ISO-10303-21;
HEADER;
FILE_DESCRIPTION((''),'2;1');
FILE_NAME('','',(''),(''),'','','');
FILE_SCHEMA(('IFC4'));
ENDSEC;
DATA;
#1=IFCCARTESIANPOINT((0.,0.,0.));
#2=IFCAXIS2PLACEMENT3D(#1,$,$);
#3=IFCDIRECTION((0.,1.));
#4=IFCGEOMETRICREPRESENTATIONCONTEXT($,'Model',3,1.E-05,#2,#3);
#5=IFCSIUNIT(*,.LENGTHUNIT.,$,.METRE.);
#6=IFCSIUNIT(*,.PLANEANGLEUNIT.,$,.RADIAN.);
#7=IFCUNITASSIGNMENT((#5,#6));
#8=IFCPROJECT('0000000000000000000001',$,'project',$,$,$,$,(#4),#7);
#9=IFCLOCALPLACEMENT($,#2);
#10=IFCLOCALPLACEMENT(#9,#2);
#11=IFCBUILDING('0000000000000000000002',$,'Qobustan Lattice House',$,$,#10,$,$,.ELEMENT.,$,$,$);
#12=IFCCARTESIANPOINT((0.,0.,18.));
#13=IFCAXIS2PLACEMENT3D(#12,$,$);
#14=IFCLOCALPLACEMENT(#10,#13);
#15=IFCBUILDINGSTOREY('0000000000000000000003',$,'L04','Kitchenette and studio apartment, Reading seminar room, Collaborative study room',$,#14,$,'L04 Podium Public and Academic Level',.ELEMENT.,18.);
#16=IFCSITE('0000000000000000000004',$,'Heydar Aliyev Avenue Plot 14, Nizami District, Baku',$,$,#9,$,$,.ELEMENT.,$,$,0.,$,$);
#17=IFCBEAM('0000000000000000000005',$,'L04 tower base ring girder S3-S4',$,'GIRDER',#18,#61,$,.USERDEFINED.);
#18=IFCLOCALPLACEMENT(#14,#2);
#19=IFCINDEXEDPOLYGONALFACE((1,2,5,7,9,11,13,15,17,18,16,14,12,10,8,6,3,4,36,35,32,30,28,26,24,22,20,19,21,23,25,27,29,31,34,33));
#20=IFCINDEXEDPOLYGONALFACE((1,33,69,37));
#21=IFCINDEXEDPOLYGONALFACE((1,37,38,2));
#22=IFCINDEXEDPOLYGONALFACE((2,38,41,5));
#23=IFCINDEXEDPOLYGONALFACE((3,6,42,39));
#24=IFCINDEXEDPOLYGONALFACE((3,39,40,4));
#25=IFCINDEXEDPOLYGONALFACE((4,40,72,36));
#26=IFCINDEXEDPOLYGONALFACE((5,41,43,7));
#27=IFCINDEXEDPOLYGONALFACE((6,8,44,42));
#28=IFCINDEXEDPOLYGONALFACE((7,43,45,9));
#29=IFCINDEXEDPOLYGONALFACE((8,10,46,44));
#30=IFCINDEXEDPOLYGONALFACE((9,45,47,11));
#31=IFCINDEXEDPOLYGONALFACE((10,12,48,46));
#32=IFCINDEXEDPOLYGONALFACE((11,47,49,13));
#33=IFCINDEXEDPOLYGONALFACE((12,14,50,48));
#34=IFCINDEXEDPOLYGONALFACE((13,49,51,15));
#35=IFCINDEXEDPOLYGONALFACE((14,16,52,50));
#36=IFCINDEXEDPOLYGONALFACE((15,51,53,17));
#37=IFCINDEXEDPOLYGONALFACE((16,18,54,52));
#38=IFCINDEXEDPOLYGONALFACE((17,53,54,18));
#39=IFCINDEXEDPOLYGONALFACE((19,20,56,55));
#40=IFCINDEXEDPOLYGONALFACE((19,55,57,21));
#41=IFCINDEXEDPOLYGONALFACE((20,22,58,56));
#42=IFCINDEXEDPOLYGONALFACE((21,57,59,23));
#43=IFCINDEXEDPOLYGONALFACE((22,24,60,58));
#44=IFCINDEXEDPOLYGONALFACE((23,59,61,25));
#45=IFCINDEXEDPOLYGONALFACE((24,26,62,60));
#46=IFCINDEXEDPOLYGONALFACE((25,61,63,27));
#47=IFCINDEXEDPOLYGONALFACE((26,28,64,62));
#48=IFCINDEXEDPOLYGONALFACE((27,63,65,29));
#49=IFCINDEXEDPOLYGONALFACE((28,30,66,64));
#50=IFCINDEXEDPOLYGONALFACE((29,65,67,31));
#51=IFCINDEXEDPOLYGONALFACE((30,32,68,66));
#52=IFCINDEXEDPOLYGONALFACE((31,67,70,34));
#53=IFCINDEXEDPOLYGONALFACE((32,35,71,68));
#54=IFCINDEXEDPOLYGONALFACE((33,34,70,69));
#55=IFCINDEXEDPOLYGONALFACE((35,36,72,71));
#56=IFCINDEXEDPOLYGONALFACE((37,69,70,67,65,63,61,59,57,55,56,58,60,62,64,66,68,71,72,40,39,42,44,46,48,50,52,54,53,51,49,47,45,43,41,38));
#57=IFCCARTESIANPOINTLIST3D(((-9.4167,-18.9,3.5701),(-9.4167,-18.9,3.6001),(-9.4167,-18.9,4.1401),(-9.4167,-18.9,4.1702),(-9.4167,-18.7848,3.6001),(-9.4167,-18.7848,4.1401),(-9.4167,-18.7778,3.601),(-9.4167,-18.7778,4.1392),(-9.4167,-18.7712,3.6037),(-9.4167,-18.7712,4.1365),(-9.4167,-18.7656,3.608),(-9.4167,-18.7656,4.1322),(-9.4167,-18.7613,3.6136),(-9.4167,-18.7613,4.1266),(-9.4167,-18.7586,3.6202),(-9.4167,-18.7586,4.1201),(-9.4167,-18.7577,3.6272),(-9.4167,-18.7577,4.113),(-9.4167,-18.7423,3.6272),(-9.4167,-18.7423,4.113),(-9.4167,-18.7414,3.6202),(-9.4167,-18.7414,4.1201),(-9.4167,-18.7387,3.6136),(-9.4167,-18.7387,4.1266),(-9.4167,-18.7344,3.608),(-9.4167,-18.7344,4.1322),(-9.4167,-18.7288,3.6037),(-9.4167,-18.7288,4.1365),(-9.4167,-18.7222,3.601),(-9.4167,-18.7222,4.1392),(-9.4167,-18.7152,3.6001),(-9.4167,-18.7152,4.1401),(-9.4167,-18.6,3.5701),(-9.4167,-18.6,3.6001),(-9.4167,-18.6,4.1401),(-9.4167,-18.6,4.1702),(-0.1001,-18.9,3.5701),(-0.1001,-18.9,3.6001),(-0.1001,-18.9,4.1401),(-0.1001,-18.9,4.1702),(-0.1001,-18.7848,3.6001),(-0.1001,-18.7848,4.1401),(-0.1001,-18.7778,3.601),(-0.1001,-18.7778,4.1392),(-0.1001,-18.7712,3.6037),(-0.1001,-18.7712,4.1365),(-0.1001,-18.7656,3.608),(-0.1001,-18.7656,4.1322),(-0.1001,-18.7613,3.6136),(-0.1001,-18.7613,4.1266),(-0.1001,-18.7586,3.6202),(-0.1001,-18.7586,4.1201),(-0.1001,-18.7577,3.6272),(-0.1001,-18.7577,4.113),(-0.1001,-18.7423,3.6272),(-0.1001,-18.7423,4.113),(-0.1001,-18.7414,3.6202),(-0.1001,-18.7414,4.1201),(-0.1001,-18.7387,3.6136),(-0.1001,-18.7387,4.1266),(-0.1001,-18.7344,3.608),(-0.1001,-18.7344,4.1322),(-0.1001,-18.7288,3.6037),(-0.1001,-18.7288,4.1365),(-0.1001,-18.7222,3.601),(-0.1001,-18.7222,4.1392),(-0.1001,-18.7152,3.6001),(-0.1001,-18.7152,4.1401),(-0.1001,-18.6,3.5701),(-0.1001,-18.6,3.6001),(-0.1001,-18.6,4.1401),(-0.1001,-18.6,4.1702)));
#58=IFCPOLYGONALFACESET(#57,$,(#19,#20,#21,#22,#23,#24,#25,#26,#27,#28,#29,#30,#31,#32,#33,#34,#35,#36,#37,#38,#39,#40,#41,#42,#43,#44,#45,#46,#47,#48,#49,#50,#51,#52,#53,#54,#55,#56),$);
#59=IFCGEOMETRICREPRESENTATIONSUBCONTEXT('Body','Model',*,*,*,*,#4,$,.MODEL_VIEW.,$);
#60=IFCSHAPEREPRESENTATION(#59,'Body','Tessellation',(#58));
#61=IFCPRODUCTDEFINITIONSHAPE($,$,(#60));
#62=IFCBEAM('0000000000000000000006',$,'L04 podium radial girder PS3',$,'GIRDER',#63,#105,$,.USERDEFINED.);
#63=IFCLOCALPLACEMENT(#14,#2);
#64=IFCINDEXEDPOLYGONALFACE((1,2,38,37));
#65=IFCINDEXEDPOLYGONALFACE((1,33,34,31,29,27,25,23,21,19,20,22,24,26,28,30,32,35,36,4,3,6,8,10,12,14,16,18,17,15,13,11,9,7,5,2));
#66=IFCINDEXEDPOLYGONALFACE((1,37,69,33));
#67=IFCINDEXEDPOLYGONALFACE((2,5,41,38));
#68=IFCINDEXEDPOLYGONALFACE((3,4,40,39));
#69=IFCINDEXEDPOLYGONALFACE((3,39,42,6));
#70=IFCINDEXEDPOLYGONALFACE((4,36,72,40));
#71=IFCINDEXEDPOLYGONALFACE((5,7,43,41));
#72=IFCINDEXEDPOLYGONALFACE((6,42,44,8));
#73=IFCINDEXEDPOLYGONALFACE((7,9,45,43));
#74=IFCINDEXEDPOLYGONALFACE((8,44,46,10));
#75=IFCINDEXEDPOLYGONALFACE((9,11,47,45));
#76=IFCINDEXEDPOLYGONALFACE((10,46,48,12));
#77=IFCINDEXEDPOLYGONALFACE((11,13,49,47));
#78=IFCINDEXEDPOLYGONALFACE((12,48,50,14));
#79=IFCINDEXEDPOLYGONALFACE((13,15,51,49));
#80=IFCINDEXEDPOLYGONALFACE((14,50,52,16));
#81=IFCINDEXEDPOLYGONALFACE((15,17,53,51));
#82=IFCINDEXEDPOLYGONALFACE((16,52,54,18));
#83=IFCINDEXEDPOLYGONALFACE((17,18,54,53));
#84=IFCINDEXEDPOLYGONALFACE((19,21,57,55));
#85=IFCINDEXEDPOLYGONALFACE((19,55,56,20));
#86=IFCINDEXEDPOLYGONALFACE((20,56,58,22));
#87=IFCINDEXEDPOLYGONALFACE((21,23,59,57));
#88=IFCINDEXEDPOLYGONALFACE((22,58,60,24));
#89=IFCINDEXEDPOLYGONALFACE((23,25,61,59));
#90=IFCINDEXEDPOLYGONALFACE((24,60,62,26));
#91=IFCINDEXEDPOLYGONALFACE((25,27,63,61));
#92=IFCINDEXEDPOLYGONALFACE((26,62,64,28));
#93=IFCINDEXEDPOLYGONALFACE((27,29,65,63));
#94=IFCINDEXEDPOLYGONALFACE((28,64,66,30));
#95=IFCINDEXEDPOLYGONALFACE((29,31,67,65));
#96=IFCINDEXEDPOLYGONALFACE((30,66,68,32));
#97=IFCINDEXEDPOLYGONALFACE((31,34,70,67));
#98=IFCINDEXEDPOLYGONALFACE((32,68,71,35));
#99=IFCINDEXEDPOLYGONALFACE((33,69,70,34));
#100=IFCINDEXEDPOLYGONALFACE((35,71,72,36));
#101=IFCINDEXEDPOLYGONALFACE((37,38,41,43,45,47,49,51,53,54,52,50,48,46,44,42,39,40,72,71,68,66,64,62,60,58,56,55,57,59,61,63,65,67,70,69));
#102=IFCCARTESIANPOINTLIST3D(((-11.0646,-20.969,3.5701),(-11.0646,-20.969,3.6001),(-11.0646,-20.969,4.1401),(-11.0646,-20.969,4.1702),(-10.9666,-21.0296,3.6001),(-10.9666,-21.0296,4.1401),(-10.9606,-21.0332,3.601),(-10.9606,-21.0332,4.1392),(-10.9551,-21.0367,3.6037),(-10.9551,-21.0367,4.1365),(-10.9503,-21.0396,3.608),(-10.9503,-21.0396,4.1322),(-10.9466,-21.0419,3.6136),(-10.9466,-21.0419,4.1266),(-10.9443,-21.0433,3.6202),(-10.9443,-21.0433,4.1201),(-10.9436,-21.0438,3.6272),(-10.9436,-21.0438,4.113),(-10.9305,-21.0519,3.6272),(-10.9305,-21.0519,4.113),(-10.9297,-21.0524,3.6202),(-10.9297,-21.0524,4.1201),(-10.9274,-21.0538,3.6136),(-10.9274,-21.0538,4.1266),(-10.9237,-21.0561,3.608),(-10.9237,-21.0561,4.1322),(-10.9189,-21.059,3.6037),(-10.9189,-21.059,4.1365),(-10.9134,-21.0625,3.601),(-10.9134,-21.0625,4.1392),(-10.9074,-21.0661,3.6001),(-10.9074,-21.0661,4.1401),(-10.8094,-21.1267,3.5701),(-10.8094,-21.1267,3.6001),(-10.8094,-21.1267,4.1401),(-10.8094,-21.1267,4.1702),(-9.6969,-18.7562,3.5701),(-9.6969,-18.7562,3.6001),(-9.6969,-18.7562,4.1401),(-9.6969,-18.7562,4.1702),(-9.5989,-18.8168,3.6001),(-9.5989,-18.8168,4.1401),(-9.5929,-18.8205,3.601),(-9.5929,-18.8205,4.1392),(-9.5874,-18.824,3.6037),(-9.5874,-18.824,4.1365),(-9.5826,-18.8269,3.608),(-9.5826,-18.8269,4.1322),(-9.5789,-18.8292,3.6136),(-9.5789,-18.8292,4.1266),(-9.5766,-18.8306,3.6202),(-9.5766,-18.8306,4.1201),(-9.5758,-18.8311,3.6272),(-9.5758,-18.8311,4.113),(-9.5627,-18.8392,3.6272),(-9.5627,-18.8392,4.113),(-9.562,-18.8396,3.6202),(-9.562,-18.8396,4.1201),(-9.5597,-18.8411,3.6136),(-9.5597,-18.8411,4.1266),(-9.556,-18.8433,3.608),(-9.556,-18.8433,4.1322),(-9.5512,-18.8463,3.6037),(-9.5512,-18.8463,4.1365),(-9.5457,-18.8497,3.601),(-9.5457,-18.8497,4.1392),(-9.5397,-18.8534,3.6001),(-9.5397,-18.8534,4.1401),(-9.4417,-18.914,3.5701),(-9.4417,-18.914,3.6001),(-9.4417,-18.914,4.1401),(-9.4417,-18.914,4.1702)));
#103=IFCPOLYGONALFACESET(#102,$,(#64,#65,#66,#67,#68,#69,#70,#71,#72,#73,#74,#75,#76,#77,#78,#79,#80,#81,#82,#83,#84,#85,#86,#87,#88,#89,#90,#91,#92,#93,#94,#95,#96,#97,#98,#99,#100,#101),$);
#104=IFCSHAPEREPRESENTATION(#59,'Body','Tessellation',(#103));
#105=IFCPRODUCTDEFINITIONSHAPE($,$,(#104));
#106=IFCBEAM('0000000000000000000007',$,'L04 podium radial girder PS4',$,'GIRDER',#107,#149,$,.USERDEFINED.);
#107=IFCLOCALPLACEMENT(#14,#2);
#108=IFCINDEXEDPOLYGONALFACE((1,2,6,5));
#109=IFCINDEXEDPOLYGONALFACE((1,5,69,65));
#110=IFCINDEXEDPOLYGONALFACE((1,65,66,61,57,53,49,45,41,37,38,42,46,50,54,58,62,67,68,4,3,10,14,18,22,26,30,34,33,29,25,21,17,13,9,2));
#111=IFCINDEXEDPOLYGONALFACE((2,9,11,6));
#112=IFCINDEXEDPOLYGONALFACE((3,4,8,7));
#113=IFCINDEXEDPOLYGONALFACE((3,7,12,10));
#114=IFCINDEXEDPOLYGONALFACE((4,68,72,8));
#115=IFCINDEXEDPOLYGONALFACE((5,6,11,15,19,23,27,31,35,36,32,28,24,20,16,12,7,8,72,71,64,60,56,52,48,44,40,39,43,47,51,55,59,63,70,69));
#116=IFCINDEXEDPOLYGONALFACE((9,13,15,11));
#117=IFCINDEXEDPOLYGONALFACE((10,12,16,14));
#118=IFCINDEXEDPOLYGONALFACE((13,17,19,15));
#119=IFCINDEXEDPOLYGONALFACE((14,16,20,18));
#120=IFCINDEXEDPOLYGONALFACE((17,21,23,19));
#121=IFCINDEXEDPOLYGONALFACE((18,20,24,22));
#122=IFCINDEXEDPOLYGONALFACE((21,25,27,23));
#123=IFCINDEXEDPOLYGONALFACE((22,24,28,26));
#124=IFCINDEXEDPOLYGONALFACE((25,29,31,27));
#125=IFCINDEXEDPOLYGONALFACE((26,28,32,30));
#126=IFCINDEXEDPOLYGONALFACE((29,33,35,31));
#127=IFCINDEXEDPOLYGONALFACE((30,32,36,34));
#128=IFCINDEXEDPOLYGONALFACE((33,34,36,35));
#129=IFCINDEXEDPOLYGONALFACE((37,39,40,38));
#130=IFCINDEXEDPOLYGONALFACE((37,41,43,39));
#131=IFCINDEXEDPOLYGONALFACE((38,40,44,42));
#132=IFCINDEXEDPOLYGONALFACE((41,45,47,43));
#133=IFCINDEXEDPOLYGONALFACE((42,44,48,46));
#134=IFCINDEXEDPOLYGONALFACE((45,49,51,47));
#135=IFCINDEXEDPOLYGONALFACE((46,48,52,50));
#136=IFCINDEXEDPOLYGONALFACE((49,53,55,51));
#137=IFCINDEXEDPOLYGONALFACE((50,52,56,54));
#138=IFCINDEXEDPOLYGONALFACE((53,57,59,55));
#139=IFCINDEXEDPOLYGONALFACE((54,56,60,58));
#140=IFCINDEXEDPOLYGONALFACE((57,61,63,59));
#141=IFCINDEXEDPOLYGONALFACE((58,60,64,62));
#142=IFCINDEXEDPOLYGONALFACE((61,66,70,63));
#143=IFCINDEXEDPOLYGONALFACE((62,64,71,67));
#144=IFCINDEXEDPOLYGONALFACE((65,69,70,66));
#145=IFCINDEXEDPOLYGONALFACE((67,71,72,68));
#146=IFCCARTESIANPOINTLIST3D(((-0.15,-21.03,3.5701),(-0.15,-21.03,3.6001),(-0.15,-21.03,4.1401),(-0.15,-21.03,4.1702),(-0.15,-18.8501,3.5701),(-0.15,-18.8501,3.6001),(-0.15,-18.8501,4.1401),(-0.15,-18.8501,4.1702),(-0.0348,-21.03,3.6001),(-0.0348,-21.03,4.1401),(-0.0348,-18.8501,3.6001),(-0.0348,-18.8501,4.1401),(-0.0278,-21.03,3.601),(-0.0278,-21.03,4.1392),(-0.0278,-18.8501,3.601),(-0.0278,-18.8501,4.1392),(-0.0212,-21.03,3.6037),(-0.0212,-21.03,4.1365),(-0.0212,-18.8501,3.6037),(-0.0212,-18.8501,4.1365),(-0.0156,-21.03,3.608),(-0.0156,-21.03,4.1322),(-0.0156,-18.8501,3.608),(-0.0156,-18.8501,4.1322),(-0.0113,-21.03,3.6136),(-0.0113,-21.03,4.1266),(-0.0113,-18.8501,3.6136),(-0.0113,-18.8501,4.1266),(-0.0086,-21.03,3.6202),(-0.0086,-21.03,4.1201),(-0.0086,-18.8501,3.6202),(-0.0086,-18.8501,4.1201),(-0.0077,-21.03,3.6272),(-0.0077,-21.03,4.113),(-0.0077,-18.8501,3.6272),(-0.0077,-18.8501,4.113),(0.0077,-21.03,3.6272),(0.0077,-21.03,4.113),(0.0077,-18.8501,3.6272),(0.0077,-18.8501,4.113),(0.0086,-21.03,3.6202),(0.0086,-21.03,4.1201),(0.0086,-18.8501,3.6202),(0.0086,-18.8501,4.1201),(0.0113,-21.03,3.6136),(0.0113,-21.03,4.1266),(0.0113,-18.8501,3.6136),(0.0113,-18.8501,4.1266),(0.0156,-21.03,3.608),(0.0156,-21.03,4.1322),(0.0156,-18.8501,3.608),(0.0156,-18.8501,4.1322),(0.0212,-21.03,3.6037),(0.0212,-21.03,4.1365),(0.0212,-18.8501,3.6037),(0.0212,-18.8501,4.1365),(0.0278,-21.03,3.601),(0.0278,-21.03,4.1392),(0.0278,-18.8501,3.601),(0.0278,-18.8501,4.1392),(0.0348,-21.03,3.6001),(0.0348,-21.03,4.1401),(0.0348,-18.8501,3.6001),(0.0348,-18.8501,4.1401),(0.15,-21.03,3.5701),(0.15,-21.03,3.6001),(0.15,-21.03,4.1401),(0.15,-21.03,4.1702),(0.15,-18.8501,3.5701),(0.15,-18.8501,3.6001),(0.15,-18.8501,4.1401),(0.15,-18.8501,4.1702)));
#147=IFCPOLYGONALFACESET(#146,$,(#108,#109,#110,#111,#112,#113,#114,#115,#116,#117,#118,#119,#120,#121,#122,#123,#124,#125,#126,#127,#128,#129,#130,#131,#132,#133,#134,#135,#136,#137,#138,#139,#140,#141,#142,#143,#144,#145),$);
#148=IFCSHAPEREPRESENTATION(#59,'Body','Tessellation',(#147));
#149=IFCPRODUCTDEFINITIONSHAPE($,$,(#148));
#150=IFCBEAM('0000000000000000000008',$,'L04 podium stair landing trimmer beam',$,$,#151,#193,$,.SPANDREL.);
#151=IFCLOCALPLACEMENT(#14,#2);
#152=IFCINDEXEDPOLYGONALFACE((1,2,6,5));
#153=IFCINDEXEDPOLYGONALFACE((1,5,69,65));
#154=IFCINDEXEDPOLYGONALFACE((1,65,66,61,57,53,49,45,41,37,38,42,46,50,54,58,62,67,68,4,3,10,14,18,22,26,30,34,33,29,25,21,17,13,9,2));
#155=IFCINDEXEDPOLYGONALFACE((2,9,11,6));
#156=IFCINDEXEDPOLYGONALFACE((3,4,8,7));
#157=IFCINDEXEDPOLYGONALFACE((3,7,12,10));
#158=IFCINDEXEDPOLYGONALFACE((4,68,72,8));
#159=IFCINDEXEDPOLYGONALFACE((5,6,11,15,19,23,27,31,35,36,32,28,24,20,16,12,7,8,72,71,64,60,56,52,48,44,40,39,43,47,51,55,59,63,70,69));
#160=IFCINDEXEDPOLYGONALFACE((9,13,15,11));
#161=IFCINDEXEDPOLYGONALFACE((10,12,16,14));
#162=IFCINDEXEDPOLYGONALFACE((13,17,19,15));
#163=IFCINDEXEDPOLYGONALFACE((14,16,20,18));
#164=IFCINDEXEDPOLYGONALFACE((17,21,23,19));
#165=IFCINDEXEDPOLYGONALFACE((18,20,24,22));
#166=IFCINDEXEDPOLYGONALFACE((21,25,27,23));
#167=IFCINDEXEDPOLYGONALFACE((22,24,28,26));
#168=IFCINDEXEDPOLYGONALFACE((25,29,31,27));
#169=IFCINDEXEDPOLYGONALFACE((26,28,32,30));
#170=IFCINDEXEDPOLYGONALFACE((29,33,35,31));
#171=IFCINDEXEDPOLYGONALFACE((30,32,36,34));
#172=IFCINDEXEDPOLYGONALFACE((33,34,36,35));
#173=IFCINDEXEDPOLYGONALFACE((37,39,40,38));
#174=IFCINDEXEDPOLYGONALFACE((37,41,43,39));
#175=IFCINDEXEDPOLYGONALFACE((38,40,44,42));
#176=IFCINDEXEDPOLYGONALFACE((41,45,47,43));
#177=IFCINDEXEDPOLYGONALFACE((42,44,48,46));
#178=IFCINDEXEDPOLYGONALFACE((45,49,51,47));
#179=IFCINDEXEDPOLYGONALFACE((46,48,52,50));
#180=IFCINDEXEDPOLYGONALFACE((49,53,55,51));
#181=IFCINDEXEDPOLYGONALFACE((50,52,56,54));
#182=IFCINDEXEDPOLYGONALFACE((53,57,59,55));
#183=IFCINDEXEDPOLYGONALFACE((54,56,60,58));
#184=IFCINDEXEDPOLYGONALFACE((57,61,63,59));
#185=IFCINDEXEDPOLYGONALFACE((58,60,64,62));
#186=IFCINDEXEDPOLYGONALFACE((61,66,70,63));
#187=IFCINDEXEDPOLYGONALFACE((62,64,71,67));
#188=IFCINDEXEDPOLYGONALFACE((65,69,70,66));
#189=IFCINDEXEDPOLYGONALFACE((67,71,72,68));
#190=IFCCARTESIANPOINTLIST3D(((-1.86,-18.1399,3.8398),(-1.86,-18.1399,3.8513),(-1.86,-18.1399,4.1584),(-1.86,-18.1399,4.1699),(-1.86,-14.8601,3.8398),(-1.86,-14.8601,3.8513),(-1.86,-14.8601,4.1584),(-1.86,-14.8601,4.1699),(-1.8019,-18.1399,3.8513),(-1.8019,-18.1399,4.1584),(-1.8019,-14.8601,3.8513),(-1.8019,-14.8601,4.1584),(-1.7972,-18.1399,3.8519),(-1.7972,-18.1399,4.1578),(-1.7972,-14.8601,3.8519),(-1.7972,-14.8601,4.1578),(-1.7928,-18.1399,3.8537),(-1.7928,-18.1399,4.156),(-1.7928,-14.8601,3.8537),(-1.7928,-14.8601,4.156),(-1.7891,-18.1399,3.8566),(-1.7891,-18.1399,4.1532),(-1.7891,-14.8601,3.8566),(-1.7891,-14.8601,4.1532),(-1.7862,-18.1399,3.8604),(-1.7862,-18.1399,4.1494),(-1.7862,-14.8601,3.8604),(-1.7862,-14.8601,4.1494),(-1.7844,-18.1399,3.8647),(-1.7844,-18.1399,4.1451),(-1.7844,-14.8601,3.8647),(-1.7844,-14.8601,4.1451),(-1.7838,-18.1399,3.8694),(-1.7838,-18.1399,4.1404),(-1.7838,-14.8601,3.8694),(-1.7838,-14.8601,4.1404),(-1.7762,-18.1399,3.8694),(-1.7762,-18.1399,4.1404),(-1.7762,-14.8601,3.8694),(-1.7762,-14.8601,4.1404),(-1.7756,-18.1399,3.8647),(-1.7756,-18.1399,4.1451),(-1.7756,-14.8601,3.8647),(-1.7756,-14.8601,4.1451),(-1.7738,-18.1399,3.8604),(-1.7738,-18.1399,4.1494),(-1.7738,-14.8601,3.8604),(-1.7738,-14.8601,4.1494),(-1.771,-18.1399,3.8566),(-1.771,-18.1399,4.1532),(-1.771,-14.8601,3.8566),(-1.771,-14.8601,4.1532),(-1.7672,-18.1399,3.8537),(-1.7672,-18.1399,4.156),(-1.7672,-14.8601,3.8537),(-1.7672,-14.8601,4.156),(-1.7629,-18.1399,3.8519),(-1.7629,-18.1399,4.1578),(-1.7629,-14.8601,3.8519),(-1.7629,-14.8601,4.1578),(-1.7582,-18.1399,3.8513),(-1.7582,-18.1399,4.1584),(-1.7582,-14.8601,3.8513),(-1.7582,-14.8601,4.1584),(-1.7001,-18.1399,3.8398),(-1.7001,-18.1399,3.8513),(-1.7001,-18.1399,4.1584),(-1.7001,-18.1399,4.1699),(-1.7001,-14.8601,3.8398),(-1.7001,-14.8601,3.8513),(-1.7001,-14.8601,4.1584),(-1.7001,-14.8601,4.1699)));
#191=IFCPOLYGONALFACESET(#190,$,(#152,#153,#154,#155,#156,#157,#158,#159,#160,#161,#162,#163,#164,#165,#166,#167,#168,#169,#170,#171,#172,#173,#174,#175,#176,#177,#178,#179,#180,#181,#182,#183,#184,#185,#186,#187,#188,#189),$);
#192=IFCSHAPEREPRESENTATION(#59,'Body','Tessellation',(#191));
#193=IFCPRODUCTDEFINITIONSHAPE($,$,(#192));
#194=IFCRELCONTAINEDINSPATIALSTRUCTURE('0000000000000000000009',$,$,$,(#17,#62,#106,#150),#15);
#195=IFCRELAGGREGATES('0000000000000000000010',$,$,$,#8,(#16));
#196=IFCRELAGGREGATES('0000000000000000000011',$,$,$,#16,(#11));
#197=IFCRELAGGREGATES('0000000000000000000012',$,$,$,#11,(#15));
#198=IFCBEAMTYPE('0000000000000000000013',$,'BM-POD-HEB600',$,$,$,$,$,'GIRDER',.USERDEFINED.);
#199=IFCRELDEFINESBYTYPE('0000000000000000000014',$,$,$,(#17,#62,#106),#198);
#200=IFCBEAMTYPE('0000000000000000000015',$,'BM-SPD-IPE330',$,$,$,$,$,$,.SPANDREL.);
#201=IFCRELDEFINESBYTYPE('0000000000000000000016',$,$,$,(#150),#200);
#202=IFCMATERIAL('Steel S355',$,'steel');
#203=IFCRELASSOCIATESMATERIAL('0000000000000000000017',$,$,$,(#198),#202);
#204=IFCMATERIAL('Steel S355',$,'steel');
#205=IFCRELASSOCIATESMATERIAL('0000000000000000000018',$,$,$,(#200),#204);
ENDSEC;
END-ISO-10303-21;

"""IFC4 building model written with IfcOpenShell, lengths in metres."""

from ifc_helpers import new_model, si_unit, direction, frame, origin, origin_2d, place, context, subcontext, project, spatial, i_section, extrude, material, material_profile, profile_set, type_object, element, save


model = new_model("IFC4")

# Units and contexts
model_context = context("Model", 3, precision=1e-05, world=origin(), true_north=direction((0.0, 1.0)))
body_context = subcontext(model_context, "Body", "Model", "MODEL_VIEW")
ifc_project = project(units=[si_unit("LENGTHUNIT", "METRE"), si_unit("PLANEANGLEUNIT", "RADIAN")], contexts=[model_context])

# Site, building, storey
site_placement = place(None, origin())
site = spatial("IfcSite", under=ifc_project, at=site_placement, Name="Heydar Aliyev Avenue Plot 14, Nizami District, Baku", CompositionType="ELEMENT", RefElevation=0.0)
building_placement = place(site_placement, origin())
building = spatial("IfcBuilding", under=site, at=building_placement, Name="Qobustan Lattice House", CompositionType="ELEMENT")
storey_placement = place(building_placement, frame((0.0, 0.0, 18.0)))
storey = spatial("IfcBuildingStorey", under=building, at=storey_placement, Name="L04", Description="Kitchenette and studio apartment, Reading seminar room, Collaborative study room", LongName="L04 Podium Public and Academic Level", CompositionType="ELEMENT", Elevation=18.0)

# Beams
ifc_material_1 = material(Name="Steel S355", Category="steel")
ifc_material_profile_1 = material_profile(ifc_material_1, i_section(OverallWidth=0.3, OverallDepth=0.6001, WebThickness=0.0154, FlangeThickness=0.03, FilletRadius=0.0271, at=origin_2d()), Name="HEB600")
ifc_profile_set_1 = profile_set([ifc_material_profile_1], Name="Steel S355")
beam_type_1 = type_object("IfcBeamType", Name="BM-POD-HEB600", ElementType="GIRDER", PredefinedType="USERDEFINED", material=ifc_profile_set_1)
beam_1_placement = place(storey_placement, frame((-9.4167, -18.75, 3.8701), z_axis=(1.0, 0.0, 0.0), x_axis=(0.0, 1.0, 0.0)))
element("IfcBeam", 1, at=beam_1_placement, inside=storey, type_object=beam_type_1, Name="L04 tower base ring girder S3-S4", ObjectType="GIRDER", PredefinedType="USERDEFINED", context=body_context, shape_type="SweptSolid", body=[
    extrude(i_section(OverallWidth=0.3, OverallDepth=0.6001, WebThickness=0.0154, FlangeThickness=0.03, FilletRadius=0.0271, at=origin_2d()), origin(), (0.0, 0.0, 1.0), 9.3167),
])
beam_2_placement = place(storey_placement, frame((-10.937, -21.0479, 3.8701), z_axis=(0.525783, 0.850619, 0.0), x_axis=(-0.850619, 0.525783, 0.0)))
element("IfcBeam", 2, at=beam_2_placement, inside=storey, type_object=beam_type_1, Name="L04 podium radial girder PS3", ObjectType="GIRDER", PredefinedType="USERDEFINED", context=body_context, shape_type="SweptSolid", body=[
    extrude(i_section(OverallWidth=0.3, OverallDepth=0.6001, WebThickness=0.0154, FlangeThickness=0.03, FilletRadius=0.0271, at=origin_2d()), origin(), (0.0, 0.0, 1.0), 2.6013),
])
beam_3_placement = place(storey_placement, frame((0.0, -21.03, 3.8701), z_axis=(0.0, 1.0, 0.0), x_axis=(-1.0, 0.0, 0.0)))
element("IfcBeam", 3, at=beam_3_placement, inside=storey, type_object=beam_type_1, Name="L04 podium radial girder PS4", ObjectType="GIRDER", PredefinedType="USERDEFINED", context=body_context, shape_type="SweptSolid", body=[
    extrude(i_section(OverallWidth=0.3, OverallDepth=0.6001, WebThickness=0.0154, FlangeThickness=0.03, FilletRadius=0.0271, at=origin_2d()), origin(), (0.0, 0.0, 1.0), 2.1799),
])
ifc_material_2 = material(Name="Steel S355", Category="steel")
ifc_material_profile_2 = material_profile(ifc_material_2, i_section(OverallWidth=0.1599, OverallDepth=0.3301, WebThickness=0.0076, FlangeThickness=0.0115, FilletRadius=0.0181, at=origin_2d()), Name="IPE330")
ifc_profile_set_2 = profile_set([ifc_material_profile_2], Name="Steel S355")
beam_type_2 = type_object("IfcBeamType", Name="BM-SPD-IPE330", PredefinedType="SPANDREL", material=ifc_profile_set_2)
beam_4_placement = place(storey_placement, frame((-1.78, -18.1399, 4.0049), z_axis=(0.0, 1.0, 0.0), x_axis=(-1.0, 0.0, 0.0)))
element("IfcBeam", 4, at=beam_4_placement, inside=storey, type_object=beam_type_2, Name="L04 podium stair landing trimmer beam", PredefinedType="SPANDREL", context=body_context, shape_type="SweptSolid", body=[
    extrude(i_section(OverallWidth=0.1599, OverallDepth=0.3301, WebThickness=0.0076, FlangeThickness=0.0115, FilletRadius=0.0181, at=origin_2d()), origin(), (0.0, 0.0, 1.0), 3.2798),
])

save(model, "model.ifc")
